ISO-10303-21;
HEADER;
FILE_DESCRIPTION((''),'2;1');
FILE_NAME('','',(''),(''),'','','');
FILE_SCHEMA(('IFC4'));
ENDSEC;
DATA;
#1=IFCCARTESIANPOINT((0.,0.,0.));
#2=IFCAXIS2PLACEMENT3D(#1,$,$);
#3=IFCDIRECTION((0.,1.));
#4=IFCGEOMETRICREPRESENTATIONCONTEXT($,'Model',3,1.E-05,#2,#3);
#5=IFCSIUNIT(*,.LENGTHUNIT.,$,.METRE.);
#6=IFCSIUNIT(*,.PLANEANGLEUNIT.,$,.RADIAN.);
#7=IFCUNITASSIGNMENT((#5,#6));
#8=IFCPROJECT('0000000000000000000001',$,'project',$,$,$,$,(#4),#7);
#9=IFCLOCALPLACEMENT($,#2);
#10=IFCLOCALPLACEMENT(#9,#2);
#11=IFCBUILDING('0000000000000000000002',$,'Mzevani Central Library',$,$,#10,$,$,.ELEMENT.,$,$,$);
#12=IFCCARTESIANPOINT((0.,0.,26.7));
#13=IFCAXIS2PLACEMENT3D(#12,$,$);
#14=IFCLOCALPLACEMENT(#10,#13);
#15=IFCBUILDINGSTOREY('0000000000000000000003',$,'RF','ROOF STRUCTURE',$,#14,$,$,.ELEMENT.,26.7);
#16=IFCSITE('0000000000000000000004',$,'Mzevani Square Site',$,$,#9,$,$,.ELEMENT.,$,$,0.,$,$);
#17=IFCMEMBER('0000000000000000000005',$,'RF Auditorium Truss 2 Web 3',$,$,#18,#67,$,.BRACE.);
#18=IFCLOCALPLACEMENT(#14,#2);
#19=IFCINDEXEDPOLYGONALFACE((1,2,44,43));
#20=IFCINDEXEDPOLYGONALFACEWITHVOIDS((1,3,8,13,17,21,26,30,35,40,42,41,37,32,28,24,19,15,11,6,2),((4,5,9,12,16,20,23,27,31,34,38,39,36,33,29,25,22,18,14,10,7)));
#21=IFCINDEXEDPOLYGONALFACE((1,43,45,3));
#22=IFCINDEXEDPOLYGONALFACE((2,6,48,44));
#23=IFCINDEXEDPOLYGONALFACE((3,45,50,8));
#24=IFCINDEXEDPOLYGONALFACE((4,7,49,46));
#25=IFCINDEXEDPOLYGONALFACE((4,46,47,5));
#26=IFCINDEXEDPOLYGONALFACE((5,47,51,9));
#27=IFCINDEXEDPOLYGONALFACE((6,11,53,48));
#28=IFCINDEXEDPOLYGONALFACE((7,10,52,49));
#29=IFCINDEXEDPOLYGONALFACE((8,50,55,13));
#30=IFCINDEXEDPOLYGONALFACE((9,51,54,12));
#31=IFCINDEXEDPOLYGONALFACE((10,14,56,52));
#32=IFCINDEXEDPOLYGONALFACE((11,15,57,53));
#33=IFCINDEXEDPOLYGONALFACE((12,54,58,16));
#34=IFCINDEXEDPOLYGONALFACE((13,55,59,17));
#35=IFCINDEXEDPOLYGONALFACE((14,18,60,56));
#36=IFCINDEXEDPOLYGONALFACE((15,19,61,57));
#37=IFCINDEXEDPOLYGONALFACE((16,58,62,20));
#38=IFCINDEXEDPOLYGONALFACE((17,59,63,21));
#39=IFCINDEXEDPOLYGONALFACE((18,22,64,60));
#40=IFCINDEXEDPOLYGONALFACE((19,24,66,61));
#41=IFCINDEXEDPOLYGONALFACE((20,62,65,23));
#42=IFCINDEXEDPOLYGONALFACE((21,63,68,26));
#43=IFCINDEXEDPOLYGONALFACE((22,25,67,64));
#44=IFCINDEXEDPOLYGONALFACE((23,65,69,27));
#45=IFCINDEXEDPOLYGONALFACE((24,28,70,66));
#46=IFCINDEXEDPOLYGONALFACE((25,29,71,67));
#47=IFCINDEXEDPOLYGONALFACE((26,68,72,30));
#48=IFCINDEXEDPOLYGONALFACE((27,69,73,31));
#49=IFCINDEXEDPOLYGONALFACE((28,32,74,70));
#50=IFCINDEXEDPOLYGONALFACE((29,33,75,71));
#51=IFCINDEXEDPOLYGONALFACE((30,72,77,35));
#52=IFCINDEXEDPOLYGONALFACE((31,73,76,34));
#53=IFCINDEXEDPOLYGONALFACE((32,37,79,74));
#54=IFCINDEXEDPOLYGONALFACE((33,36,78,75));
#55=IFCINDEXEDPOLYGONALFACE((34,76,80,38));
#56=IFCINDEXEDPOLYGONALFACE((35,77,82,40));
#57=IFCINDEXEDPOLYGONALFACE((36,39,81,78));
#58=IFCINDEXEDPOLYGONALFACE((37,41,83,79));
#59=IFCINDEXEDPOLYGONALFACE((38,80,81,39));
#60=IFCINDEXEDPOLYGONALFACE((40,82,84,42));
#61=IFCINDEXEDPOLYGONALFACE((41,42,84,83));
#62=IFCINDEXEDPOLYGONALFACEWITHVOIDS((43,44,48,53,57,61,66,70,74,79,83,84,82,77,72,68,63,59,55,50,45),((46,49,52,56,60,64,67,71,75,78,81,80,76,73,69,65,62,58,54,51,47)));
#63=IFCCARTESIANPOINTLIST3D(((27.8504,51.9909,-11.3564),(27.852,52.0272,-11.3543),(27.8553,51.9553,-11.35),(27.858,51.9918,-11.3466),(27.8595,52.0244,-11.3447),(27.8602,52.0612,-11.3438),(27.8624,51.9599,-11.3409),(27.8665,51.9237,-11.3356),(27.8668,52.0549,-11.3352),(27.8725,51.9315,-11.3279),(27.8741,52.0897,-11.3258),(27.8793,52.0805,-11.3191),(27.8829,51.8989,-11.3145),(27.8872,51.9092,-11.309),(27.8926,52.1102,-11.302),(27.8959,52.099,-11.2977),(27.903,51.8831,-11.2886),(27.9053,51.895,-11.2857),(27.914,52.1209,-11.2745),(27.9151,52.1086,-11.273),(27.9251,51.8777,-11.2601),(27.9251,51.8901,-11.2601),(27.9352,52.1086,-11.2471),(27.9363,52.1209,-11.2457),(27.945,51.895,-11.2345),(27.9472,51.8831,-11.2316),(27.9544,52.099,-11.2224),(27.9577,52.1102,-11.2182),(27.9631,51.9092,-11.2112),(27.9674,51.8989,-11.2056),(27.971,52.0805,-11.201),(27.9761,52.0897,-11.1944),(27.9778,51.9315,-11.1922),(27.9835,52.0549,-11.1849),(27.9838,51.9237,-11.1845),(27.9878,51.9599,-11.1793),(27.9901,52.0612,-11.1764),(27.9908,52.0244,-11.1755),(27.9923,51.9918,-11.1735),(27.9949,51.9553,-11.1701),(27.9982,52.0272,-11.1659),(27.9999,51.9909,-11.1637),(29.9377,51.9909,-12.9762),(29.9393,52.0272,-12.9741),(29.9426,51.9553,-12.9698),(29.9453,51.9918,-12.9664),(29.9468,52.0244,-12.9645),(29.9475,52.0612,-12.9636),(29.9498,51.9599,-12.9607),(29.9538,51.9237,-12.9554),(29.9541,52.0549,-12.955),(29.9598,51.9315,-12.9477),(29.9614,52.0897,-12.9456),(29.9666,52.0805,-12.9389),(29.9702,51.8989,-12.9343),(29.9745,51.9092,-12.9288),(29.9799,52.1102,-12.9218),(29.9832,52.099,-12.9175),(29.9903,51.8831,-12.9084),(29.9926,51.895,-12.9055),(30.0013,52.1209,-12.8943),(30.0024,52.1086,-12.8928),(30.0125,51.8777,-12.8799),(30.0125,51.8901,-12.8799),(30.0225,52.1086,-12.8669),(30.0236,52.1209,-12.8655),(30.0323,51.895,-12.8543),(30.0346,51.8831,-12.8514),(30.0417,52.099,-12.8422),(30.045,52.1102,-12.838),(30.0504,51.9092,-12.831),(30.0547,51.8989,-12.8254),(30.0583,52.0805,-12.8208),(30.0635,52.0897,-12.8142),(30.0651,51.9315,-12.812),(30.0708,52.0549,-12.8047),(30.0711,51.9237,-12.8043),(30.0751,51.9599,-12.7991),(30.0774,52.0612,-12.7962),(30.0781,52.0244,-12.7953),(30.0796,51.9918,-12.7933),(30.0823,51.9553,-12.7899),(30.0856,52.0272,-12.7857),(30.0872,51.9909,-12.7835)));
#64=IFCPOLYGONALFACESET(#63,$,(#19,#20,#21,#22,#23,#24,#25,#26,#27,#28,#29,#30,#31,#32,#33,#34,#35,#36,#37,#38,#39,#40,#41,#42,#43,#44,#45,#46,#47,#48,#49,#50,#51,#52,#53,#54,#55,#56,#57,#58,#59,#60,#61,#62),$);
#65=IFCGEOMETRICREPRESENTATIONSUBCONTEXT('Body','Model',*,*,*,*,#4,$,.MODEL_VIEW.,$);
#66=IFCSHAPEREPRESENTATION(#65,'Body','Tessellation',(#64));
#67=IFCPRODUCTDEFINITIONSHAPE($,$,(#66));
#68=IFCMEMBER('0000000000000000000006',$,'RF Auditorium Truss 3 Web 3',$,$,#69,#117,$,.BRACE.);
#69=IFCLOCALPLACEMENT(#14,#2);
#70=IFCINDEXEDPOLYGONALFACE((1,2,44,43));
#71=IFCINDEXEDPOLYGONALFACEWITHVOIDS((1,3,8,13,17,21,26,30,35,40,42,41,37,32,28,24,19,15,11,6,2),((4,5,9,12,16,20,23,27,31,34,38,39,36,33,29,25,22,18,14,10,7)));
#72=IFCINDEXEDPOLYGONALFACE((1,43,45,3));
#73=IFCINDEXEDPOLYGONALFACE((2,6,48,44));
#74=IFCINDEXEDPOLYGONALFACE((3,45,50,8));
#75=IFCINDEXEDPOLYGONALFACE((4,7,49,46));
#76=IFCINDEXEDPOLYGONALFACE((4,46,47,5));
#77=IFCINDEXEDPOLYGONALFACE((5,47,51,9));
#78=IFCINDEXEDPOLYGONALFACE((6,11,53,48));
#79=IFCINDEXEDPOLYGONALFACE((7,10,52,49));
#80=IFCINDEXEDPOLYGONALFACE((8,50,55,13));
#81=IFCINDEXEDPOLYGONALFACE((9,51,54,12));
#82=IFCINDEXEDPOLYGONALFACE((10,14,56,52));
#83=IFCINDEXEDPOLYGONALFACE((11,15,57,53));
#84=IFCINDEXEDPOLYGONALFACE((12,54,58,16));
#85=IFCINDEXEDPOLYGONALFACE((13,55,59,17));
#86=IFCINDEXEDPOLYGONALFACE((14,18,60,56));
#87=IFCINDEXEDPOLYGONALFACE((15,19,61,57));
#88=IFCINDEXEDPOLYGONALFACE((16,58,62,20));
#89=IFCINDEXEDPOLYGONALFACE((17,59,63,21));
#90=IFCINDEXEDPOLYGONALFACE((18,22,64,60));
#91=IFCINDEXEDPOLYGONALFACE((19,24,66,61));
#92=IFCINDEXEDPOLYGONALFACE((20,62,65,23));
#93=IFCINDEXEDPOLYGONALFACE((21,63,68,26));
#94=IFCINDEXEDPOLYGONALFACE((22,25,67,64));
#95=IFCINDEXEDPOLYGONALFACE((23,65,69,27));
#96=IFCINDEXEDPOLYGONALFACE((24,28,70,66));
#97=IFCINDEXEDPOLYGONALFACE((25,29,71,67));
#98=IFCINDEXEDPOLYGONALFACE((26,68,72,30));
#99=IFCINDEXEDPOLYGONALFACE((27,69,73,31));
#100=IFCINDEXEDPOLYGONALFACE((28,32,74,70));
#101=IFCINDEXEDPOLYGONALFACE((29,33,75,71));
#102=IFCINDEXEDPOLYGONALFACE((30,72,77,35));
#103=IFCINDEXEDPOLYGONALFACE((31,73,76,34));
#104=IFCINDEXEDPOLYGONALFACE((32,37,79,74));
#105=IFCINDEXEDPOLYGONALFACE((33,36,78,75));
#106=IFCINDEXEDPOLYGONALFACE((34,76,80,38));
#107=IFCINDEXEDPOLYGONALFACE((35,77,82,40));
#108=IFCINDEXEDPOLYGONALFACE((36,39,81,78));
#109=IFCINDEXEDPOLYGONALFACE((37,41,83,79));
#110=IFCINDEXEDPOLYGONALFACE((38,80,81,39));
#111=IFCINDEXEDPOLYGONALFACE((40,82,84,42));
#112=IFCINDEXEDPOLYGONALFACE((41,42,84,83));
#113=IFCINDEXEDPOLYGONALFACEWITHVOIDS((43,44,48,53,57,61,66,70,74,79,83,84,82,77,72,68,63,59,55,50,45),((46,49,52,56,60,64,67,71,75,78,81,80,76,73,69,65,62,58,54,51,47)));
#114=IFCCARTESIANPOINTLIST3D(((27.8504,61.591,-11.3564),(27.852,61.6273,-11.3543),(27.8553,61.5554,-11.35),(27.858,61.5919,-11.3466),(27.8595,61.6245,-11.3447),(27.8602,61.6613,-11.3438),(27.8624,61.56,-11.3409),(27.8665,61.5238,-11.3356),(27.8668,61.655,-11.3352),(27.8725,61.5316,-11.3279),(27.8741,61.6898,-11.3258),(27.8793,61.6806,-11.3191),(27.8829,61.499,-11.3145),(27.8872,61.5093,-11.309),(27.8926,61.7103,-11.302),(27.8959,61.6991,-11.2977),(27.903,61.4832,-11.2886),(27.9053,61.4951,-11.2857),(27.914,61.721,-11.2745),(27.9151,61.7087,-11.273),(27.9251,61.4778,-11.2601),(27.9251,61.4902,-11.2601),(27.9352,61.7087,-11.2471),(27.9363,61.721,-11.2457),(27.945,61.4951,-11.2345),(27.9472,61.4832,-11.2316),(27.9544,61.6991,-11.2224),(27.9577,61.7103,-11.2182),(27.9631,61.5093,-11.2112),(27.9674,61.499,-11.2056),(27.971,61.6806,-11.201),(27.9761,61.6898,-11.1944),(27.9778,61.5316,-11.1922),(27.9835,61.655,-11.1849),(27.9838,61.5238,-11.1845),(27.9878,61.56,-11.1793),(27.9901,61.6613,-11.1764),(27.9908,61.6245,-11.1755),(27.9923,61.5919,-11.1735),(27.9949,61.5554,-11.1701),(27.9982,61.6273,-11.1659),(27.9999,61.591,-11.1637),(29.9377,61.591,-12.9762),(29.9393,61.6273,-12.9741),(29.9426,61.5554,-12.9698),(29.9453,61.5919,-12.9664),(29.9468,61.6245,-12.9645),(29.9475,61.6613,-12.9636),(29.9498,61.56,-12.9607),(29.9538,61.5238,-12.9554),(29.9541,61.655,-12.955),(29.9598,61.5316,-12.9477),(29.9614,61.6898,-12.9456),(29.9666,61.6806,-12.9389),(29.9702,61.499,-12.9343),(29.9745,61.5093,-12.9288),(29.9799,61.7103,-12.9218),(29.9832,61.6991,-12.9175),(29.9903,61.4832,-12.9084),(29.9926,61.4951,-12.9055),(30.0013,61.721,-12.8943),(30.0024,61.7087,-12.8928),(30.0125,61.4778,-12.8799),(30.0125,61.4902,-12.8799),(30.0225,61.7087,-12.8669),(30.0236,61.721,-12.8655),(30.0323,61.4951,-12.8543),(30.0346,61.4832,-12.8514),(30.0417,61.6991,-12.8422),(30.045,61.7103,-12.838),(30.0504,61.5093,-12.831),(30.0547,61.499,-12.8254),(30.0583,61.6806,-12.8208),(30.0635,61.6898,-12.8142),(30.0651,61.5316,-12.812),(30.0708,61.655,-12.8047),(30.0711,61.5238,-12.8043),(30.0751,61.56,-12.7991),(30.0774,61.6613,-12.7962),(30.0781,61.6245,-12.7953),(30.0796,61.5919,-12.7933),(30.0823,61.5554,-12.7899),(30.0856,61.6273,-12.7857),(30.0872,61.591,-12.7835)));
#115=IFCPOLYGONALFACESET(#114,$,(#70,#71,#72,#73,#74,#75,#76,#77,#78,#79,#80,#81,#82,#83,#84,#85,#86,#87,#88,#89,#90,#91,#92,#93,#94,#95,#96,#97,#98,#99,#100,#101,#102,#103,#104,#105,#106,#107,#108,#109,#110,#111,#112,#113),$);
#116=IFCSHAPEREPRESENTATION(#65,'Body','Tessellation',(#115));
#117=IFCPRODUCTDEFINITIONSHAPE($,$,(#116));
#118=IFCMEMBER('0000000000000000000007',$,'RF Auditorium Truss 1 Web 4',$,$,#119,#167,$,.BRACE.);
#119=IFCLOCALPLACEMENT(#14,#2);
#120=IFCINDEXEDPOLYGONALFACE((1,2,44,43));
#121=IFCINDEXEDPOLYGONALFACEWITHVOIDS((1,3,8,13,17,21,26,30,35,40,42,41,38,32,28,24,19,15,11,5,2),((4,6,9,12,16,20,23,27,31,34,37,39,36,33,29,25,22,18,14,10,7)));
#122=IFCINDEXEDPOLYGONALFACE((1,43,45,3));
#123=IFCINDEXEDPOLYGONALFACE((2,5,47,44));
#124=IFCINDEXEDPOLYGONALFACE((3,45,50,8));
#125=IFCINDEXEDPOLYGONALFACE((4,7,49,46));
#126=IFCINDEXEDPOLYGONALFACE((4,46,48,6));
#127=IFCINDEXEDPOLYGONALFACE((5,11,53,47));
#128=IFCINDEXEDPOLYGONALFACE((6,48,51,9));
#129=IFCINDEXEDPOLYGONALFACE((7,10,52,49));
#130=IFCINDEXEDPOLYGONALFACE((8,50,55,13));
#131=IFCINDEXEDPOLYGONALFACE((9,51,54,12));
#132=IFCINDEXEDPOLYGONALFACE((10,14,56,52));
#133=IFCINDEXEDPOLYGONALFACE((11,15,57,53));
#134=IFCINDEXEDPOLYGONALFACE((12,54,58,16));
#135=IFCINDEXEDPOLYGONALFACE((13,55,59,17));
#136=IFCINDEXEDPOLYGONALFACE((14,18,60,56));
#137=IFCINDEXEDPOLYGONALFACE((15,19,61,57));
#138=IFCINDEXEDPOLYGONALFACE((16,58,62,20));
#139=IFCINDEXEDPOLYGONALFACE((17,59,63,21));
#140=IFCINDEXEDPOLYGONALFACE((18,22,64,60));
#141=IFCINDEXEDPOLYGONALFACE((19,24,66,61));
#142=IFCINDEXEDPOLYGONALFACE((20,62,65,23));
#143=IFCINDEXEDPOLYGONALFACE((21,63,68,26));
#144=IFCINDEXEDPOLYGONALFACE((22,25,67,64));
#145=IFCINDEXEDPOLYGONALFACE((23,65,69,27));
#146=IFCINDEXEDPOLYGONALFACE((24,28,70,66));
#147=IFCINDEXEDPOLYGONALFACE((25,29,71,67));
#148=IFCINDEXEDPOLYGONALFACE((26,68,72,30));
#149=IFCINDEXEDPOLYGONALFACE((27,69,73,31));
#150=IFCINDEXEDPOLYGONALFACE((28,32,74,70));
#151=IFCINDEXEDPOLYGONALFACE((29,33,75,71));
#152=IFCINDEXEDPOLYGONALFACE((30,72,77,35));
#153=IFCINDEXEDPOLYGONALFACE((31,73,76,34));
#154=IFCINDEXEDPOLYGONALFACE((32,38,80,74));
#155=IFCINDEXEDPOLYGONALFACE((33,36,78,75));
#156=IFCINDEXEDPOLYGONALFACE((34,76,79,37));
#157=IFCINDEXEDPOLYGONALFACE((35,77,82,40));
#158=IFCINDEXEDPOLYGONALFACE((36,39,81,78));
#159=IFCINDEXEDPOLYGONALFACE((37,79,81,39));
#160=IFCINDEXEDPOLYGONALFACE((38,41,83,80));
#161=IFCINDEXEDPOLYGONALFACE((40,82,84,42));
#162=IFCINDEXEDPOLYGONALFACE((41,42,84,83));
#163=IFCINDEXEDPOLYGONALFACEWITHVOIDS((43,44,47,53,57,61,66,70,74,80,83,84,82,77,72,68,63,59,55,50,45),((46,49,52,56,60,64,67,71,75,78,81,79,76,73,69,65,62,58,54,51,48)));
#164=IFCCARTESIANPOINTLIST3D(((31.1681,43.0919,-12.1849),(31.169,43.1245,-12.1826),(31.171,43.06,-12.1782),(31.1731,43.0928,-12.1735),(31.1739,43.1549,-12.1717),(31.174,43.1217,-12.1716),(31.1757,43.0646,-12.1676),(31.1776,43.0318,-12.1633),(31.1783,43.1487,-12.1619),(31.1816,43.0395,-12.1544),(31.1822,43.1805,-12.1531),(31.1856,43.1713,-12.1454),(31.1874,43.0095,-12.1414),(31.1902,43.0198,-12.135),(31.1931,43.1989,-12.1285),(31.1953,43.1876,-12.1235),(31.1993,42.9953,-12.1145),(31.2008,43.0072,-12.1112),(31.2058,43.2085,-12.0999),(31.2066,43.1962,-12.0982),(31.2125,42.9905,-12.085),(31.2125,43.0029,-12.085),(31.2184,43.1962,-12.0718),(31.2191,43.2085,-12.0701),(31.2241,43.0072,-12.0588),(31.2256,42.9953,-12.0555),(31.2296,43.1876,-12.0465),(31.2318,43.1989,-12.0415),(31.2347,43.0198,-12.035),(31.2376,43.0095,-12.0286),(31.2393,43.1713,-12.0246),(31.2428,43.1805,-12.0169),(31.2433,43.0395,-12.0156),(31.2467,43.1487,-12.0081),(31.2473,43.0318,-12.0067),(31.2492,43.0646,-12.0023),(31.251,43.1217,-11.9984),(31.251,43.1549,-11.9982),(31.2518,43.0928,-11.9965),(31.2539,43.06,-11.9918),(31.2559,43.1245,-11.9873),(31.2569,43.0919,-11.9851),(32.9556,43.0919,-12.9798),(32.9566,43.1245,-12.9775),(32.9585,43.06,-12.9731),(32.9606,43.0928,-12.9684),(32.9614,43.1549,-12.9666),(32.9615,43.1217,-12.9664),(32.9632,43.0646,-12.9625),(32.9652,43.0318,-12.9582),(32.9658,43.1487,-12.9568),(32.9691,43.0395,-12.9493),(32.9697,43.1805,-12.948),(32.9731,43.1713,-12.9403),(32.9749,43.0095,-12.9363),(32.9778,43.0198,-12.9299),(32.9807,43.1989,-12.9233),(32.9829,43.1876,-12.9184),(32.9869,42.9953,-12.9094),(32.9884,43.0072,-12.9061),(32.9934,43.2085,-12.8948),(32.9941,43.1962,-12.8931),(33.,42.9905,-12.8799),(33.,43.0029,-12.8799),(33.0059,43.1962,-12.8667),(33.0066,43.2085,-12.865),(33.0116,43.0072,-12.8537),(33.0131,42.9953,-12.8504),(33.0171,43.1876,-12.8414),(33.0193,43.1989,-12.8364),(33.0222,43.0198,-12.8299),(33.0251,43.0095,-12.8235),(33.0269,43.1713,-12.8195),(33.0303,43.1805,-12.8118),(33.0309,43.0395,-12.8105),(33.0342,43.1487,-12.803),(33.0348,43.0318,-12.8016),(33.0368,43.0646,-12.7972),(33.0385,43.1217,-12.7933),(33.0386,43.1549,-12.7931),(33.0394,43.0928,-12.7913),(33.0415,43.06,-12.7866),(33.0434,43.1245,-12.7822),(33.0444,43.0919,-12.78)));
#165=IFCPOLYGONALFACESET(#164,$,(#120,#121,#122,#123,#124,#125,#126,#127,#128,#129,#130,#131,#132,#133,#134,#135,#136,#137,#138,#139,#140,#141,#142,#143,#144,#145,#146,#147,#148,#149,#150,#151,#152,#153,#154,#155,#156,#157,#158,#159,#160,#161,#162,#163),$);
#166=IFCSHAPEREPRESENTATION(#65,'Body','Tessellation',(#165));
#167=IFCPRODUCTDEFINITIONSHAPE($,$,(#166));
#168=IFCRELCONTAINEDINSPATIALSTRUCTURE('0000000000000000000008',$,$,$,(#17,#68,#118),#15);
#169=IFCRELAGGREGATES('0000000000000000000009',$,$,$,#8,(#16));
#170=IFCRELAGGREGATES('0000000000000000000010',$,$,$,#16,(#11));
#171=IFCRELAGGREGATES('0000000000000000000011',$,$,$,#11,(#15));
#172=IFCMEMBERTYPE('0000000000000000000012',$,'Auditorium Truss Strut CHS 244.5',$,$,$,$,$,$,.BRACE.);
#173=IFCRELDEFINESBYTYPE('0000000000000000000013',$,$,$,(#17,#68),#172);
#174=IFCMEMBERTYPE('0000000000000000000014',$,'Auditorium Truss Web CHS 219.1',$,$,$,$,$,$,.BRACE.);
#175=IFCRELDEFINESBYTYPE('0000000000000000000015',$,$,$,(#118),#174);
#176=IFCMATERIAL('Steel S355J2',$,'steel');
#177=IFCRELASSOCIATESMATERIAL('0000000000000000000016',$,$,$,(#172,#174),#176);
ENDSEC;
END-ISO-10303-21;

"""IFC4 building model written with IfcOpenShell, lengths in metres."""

from ifc_helpers import new_model, si_unit, direction, frame, origin, origin_2d, place, context, subcontext, project, spatial, hollow_circle, extrude, material, material_profile, profile_set, type_object, element, save


model = new_model("IFC4")

# Units and contexts
model_context = context("Model", 3, precision=1e-05, world=origin(), true_north=direction((0.0, 1.0)))
body_context = subcontext(model_context, "Body", "Model", "MODEL_VIEW")
ifc_project = project(units=[si_unit("LENGTHUNIT", "METRE"), si_unit("PLANEANGLEUNIT", "RADIAN")], contexts=[model_context])

# Site, building, storey
site_placement = place(None, origin())
site = spatial("IfcSite", under=ifc_project, at=site_placement, Name="Mzevani Square Site", CompositionType="ELEMENT", RefElevation=0.0)
building_placement = place(site_placement, origin())
building = spatial("IfcBuilding", under=site, at=building_placement, Name="Mzevani Central Library", CompositionType="ELEMENT")
storey_placement = place(building_placement, frame((0.0, 0.0, 26.7)))
storey = spatial("IfcBuildingStorey", under=building, at=storey_placement, Name="RF", Description="ROOF STRUCTURE", CompositionType="ELEMENT", Elevation=26.7)

# Shared definitions
ifc_material = material(Name="Steel S355J2", Category="steel")

# Members
ifc_material_profile_1 = material_profile(ifc_material, hollow_circle(Radius=0.1223, WallThickness=0.0125, at=origin_2d()), Name="CHS 244.5x12.5")
ifc_profile_set_1 = profile_set([ifc_material_profile_1], Name="Steel S355J2")
member_type_1 = type_object("IfcMemberType", Name="Auditorium Truss Strut CHS 244.5", PredefinedType="BRACE", material=ifc_profile_set_1)
for number, where, z_axis, x_axis, name in (
    (1, (30.0125, 52.0, -12.8799), (-0.790023, 0.0, 0.613077), (0.0, -1.0, 0.0), "RF Auditorium Truss 2 Web 3"),
    (2, (30.0125, 61.6001, -12.8799), (-0.790023, 0.0, 0.613077), (0.0, -1.0, 0.0), "RF Auditorium Truss 3 Web 3"),
):
    element("IfcMember", number, at=place(storey_placement, frame(where, z_axis=z_axis, x_axis=x_axis)), inside=storey, type_object=member_type_1, Name=name, PredefinedType="BRACE", context=body_context, shape_type="SweptSolid", body=[
        extrude(hollow_circle(Radius=0.1223, WallThickness=0.0125, at=origin_2d()), origin(), (0.0, 0.0, 1.0), 2.6421),
    ])
ifc_material_profile_2 = material_profile(ifc_material, hollow_circle(Radius=0.1096, WallThickness=0.0125, at=origin_2d()), Name="CHS 219.1x12.5")
ifc_profile_set_2 = profile_set([ifc_material_profile_2], Name="Steel S355J2")
member_type_2 = type_object("IfcMemberType", Name="Auditorium Truss Web CHS 219.1", PredefinedType="BRACE", material=ifc_profile_set_2)
for number, where, z_axis, x_axis, name in (
    (3, (33.0, 43.1001, -12.8799), (-0.913729, 0.0, 0.406324), (0.0, -1.0, 0.0), "RF Auditorium Truss 1 Web 4"),
):
    element("IfcMember", number, at=place(storey_placement, frame(where, z_axis=z_axis, x_axis=x_axis)), inside=storey, type_object=member_type_2, Name=name, PredefinedType="BRACE", context=body_context, shape_type="SweptSolid", body=[
        extrude(hollow_circle(Radius=0.1096, WallThickness=0.0125, at=origin_2d()), origin(), (0.0, 0.0, 1.0), 1.9563),
    ])

save(model, "model.ifc")
